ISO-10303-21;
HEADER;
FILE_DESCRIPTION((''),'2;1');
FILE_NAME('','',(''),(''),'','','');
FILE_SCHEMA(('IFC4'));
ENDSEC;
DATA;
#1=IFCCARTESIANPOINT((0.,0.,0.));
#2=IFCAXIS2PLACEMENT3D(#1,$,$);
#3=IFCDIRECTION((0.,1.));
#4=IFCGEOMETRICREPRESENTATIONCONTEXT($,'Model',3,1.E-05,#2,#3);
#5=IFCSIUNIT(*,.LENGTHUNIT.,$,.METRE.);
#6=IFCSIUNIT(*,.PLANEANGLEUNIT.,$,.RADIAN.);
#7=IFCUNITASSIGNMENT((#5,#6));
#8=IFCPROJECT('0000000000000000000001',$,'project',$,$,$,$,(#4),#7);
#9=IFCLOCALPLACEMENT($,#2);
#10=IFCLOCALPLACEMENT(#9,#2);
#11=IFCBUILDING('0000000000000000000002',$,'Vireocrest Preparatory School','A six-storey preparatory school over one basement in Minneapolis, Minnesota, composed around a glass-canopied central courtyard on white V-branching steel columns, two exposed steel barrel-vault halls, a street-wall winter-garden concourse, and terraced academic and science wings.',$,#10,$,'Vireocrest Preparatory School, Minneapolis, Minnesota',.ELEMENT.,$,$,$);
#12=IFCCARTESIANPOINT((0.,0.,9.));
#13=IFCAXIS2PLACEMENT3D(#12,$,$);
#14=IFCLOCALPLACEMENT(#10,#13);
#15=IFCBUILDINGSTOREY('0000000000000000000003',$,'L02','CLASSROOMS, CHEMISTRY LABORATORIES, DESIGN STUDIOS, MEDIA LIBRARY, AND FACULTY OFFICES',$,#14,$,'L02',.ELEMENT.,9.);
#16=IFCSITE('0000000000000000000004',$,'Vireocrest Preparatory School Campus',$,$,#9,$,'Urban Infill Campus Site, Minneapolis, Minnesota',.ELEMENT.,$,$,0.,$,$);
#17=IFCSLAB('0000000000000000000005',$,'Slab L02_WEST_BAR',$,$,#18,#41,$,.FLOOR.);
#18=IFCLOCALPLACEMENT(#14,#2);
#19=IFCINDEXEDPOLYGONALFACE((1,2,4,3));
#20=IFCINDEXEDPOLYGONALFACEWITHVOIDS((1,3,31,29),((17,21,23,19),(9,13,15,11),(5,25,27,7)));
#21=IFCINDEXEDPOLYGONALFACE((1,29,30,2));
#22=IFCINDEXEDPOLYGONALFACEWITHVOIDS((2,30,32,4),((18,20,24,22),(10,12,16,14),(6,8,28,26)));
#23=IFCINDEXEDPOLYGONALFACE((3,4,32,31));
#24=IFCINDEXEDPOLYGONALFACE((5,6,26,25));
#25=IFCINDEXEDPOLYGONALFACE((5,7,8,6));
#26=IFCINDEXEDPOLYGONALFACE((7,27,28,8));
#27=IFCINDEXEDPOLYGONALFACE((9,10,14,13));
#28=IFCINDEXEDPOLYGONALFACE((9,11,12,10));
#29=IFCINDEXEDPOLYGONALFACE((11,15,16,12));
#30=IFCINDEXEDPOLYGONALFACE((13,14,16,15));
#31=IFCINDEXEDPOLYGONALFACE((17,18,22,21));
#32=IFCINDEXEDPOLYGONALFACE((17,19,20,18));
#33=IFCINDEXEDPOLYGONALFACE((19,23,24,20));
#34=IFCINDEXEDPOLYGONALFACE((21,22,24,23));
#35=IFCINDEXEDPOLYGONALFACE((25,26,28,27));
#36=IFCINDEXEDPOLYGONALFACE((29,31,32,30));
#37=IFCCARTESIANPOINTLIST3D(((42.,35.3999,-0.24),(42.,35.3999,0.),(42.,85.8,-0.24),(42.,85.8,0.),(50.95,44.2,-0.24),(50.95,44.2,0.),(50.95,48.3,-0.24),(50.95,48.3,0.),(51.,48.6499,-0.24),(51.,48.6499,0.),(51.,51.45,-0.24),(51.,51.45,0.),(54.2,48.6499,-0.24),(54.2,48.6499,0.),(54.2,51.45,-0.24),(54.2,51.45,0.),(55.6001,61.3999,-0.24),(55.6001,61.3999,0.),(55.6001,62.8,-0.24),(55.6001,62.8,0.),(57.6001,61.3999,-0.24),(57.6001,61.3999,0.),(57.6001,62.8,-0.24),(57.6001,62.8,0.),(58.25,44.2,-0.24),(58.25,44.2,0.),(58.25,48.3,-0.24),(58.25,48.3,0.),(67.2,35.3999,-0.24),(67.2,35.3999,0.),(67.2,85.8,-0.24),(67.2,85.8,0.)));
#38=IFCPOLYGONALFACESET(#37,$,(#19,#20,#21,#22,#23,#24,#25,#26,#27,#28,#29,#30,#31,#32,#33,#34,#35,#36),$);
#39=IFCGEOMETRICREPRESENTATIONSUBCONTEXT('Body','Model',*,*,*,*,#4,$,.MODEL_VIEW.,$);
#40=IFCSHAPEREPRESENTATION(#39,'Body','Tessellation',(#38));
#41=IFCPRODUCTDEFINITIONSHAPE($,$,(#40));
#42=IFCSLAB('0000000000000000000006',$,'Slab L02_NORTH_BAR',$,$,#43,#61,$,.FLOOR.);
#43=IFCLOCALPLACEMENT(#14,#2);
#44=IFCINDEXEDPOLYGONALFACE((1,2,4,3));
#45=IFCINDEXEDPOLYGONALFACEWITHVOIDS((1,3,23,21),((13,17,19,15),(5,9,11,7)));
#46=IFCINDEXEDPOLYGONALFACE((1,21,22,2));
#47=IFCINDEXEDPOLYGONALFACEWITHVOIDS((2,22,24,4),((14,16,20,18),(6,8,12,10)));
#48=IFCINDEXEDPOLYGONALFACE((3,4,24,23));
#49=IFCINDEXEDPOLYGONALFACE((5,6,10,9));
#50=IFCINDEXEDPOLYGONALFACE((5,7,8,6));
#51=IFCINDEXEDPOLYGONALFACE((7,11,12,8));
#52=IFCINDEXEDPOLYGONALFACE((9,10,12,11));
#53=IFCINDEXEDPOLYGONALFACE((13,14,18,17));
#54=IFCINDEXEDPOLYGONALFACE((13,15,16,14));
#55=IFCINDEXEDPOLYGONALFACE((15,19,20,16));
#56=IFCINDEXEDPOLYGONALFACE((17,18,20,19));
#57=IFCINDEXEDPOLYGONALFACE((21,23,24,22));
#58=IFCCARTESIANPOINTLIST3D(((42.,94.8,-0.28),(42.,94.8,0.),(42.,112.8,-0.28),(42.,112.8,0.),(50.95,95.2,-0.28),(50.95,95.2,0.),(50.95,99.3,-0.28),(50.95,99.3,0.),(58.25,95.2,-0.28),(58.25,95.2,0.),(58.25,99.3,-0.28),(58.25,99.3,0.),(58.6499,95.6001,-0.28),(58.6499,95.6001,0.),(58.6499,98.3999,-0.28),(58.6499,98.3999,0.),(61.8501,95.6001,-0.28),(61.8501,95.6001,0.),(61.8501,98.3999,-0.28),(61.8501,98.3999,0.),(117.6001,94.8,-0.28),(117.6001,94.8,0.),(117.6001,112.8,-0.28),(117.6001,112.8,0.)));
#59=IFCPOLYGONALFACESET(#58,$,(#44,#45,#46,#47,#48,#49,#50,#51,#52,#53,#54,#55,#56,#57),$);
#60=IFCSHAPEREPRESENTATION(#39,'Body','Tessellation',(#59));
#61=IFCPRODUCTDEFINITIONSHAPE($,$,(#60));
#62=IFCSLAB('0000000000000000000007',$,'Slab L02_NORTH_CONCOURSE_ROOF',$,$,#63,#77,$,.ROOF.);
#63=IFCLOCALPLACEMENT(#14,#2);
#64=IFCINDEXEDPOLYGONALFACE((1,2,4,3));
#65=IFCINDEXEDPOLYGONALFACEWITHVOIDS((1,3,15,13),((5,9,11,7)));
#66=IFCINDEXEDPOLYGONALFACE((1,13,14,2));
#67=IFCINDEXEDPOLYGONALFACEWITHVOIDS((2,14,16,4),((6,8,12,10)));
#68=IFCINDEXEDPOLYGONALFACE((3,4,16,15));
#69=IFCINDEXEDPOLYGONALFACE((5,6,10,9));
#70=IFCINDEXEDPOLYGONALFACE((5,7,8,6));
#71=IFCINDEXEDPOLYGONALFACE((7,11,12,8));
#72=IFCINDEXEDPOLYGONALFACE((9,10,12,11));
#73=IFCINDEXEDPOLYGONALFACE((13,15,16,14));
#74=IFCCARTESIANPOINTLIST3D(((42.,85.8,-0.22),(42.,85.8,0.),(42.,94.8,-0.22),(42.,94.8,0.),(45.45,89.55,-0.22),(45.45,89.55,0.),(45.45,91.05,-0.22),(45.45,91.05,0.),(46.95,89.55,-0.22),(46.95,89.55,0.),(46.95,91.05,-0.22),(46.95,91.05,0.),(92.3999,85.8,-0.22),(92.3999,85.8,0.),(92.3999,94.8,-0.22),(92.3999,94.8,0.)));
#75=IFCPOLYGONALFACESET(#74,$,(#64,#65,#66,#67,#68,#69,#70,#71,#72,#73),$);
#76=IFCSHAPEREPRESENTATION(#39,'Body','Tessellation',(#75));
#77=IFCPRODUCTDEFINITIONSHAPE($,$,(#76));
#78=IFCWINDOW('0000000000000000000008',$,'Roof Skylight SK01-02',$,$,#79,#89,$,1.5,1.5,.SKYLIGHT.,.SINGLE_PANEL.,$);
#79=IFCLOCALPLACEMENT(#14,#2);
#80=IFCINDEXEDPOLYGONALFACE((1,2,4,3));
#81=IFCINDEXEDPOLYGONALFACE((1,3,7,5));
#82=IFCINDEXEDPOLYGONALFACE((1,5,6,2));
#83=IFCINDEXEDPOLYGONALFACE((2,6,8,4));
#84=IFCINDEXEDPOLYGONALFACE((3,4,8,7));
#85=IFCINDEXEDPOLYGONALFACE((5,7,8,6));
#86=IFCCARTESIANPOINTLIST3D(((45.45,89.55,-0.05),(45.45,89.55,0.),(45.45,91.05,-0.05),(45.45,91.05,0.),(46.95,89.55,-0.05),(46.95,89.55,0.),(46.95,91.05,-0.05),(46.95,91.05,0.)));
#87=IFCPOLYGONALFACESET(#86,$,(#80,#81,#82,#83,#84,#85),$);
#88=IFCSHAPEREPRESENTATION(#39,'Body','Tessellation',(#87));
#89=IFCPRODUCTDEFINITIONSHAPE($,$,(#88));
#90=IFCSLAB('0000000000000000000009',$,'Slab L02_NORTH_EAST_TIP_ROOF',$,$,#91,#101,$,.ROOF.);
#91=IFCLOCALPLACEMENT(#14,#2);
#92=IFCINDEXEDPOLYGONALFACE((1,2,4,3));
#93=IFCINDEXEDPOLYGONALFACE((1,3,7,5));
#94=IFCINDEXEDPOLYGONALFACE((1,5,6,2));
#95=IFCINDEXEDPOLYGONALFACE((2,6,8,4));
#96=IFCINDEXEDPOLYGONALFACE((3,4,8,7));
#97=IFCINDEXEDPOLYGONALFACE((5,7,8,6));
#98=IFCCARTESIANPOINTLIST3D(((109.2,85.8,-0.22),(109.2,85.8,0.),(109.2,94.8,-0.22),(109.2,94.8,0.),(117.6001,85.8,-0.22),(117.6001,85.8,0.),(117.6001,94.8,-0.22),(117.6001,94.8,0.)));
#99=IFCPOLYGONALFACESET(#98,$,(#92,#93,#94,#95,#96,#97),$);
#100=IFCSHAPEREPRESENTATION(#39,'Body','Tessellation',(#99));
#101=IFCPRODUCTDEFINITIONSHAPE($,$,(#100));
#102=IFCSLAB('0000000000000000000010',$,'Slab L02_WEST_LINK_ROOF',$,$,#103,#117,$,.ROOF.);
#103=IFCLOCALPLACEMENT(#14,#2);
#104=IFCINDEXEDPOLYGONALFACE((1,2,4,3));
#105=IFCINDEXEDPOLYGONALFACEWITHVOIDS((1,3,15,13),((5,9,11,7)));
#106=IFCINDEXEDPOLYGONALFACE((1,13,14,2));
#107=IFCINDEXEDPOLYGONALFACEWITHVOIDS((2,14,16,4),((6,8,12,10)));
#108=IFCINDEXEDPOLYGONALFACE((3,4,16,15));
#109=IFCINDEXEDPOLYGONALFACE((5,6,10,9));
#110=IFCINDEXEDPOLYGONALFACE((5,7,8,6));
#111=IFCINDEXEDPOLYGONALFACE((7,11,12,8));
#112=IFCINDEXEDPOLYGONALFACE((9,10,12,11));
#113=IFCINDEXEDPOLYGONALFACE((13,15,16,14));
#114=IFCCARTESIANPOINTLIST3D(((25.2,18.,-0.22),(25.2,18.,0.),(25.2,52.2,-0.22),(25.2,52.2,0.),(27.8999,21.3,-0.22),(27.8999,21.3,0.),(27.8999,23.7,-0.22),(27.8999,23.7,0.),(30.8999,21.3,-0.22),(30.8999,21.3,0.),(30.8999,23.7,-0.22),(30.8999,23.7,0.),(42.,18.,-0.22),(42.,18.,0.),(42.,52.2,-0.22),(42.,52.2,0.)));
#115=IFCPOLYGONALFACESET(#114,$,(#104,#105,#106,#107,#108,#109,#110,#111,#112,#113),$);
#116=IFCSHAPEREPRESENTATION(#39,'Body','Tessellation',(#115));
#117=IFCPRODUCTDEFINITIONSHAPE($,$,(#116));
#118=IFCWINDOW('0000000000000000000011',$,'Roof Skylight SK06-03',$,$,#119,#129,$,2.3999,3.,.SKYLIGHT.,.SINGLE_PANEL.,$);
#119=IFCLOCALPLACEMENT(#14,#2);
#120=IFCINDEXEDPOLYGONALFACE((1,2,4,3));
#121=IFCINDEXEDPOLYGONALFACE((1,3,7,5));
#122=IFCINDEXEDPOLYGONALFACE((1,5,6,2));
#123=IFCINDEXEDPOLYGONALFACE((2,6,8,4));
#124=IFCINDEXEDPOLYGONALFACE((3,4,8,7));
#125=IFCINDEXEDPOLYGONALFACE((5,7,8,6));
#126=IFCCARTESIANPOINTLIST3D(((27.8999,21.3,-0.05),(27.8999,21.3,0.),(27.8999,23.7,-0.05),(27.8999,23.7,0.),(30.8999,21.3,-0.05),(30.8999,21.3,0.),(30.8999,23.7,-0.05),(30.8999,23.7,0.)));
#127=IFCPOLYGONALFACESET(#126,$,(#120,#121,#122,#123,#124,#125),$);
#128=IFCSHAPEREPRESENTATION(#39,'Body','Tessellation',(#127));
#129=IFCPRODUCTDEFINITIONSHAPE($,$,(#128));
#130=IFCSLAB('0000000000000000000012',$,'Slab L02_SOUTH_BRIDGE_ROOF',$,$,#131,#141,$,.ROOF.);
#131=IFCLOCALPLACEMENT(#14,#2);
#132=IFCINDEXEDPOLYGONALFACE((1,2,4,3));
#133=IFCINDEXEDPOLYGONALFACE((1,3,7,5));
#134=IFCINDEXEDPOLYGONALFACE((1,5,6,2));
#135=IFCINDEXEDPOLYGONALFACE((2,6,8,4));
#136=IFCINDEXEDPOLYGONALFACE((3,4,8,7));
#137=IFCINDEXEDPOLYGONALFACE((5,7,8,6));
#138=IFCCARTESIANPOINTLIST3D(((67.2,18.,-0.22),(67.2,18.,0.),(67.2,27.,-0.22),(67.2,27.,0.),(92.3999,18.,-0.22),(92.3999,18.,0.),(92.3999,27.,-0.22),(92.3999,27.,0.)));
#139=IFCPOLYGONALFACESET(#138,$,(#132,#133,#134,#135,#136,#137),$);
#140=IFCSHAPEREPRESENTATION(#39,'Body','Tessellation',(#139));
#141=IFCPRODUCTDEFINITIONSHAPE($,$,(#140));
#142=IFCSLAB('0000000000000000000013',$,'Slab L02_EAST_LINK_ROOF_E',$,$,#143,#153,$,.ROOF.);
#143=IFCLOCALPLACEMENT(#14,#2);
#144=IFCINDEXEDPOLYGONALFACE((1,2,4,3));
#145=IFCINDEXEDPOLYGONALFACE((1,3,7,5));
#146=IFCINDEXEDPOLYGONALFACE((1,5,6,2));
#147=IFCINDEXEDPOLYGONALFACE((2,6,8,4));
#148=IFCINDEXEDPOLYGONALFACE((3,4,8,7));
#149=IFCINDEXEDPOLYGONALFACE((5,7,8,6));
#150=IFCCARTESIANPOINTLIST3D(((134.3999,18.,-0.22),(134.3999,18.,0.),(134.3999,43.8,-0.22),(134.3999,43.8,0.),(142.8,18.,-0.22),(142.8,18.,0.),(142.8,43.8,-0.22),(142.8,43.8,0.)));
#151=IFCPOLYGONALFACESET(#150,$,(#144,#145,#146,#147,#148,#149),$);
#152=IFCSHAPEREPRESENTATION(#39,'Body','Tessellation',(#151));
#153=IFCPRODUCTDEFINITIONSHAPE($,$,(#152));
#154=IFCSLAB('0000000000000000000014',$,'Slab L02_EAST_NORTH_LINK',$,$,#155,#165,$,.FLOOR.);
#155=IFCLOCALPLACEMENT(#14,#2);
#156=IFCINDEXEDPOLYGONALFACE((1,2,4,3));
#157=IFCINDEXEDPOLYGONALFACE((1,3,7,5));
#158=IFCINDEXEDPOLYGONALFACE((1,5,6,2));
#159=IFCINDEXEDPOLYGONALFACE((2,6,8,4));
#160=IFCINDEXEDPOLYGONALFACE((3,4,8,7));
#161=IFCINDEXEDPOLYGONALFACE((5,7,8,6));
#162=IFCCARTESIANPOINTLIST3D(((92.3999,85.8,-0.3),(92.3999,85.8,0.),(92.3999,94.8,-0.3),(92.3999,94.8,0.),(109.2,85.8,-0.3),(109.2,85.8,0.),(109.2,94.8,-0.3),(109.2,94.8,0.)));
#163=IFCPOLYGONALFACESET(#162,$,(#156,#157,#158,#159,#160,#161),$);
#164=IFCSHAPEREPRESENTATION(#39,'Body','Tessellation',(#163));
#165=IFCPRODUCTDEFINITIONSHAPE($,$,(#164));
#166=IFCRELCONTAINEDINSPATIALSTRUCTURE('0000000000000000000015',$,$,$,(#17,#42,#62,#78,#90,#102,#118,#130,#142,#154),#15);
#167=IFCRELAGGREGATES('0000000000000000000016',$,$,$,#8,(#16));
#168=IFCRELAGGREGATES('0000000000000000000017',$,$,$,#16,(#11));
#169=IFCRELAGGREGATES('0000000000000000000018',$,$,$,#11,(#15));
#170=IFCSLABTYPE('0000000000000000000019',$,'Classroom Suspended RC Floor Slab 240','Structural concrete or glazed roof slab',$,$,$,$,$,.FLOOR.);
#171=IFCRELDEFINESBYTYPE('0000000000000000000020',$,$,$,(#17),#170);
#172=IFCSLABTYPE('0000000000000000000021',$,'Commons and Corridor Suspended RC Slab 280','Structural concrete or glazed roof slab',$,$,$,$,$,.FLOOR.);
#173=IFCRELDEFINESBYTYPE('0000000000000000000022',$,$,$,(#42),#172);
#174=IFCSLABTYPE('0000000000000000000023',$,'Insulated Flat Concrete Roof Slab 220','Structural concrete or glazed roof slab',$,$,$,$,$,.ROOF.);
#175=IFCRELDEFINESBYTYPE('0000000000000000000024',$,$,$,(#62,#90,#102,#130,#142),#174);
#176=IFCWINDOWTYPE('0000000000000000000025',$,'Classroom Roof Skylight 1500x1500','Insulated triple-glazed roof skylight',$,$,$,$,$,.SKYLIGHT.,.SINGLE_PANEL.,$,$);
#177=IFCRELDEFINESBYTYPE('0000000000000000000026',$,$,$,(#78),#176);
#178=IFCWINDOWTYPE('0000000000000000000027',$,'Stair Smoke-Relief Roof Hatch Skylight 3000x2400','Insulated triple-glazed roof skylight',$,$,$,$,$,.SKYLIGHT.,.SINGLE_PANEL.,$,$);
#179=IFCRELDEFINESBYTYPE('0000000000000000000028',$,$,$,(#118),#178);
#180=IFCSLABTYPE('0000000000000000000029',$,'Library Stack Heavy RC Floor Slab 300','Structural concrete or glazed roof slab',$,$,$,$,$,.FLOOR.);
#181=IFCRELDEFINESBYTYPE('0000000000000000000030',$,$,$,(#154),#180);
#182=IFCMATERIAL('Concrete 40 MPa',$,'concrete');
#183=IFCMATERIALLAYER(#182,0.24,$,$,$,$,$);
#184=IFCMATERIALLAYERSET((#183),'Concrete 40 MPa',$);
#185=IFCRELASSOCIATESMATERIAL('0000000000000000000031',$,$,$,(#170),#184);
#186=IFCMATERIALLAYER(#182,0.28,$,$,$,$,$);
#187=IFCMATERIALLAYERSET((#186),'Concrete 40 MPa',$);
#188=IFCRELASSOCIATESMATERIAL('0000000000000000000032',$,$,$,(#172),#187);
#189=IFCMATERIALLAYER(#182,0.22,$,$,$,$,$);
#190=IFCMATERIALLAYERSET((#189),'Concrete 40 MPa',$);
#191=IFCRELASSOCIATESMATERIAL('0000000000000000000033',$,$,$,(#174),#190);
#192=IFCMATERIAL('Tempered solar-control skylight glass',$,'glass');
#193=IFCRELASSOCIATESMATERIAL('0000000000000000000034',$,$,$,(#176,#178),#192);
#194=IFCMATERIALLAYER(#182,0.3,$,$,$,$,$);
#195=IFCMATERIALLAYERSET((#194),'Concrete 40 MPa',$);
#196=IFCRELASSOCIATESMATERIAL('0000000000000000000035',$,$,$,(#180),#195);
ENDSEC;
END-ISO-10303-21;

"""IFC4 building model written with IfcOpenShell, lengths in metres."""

from ifc_helpers import new_model, si_unit, direction, frame, origin, origin_2d, place, context, subcontext, project, spatial, polyline, rectangle, outline, extrude, material, layer, layer_set, type_object, element, fill, save


model = new_model("IFC4")

# Units and contexts
model_context = context("Model", 3, precision=1e-05, world=origin(), true_north=direction((0.0, 1.0)))
body_context = subcontext(model_context, "Body", "Model", "MODEL_VIEW")
ifc_project = project(units=[si_unit("LENGTHUNIT", "METRE"), si_unit("PLANEANGLEUNIT", "RADIAN")], contexts=[model_context])

# Site, building, storey
site_placement = place(None, origin())
site = spatial("IfcSite", under=ifc_project, at=site_placement, Name="Vireocrest Preparatory School Campus", LongName="Urban Infill Campus Site, Minneapolis, Minnesota", CompositionType="ELEMENT", RefElevation=0.0)
building_placement = place(site_placement, origin())
building = spatial("IfcBuilding", under=site, at=building_placement, Name="Vireocrest Preparatory School", Description="A six-storey preparatory school over one basement in Minneapolis, Minnesota, composed around a glass-canopied central courtyard on white V-branching steel columns, two exposed steel barrel-vault halls, a street-wall winter-garden concourse, and terraced academic and science wings.", LongName="Vireocrest Preparatory School, Minneapolis, Minnesota", CompositionType="ELEMENT")
storey_placement = place(building_placement, frame((0.0, 0.0, 9.0)))
storey = spatial("IfcBuildingStorey", under=building, at=storey_placement, Name="L02", Description="CLASSROOMS, CHEMISTRY LABORATORIES, DESIGN STUDIOS, MEDIA LIBRARY, AND FACULTY OFFICES", LongName="L02", CompositionType="ELEMENT", Elevation=9.0)

# Slabs, openings
ifc_material_1 = material(Name="Concrete 40 MPa", Category="concrete")
ifc_layer_1 = layer(ifc_material_1, 0.24)
ifc_layer_set_1 = layer_set([ifc_layer_1], Name="Concrete 40 MPa")
slab_type_1 = type_object("IfcSlabType", Name="Classroom Suspended RC Floor Slab 240", Description="Structural concrete or glazed roof slab", PredefinedType="FLOOR", material=ifc_layer_set_1)
slab_1_placement = place(storey_placement, frame((0.0, 0.0, -0.24)))
slab_1 = element("IfcSlab", 1, at=slab_1_placement, inside=storey, type_object=slab_type_1, Name="Slab L02_WEST_BAR", PredefinedType="FLOOR", context=body_context, shape_type="SweptSolid", body=[
    extrude(outline(polyline([(42.0, 35.3999), (67.2, 35.3999), (67.2, 85.8), (42.0, 85.8), (42.0, 35.3999)])), origin(), (0.0, 0.0, 1.0), 0.24),
])
opening_1_placement = place(slab_1_placement, frame((0.0, 0.0, -0.01)))
element("IfcOpeningElement", 2, at=opening_1_placement, cuts=slab_1, PredefinedType="OPENING", context=body_context, shape_type="SweptSolid", body=[
    extrude(outline(polyline([(50.95, 44.2), (58.25, 44.2), (58.25, 48.3), (50.95, 48.3), (50.95, 44.2)])), origin(), (0.0, 0.0, 1.0), 0.26),
])
opening_2_placement = place(slab_1_placement, frame((0.0, 0.0, -0.01)))
element("IfcOpeningElement", 3, at=opening_2_placement, cuts=slab_1, PredefinedType="OPENING", context=body_context, shape_type="SweptSolid", body=[
    extrude(outline(polyline([(51.0, 48.6499), (54.2, 48.6499), (54.2, 51.45), (51.0, 51.45), (51.0, 48.6499)])), origin(), (0.0, 0.0, 1.0), 0.26),
])
opening_3_placement = place(slab_1_placement, frame((0.0, 0.0, -0.01)))
element("IfcOpeningElement", 4, at=opening_3_placement, cuts=slab_1, PredefinedType="OPENING", context=body_context, shape_type="SweptSolid", body=[
    extrude(outline(polyline([(55.6001, 61.3999), (57.6001, 61.3999), (57.6001, 62.8), (55.6001, 62.8), (55.6001, 61.3999)])), origin(), (0.0, 0.0, 1.0), 0.26),
])
ifc_layer_2 = layer(ifc_material_1, 0.28)
ifc_layer_set_2 = layer_set([ifc_layer_2], Name="Concrete 40 MPa")
slab_type_2 = type_object("IfcSlabType", Name="Commons and Corridor Suspended RC Slab 280", Description="Structural concrete or glazed roof slab", PredefinedType="FLOOR", material=ifc_layer_set_2)
slab_2_placement = place(storey_placement, frame((0.0, 0.0, -0.28)))
slab_2 = element("IfcSlab", 5, at=slab_2_placement, inside=storey, type_object=slab_type_2, Name="Slab L02_NORTH_BAR", PredefinedType="FLOOR", context=body_context, shape_type="SweptSolid", body=[
    extrude(outline(polyline([(42.0, 94.8), (117.6001, 94.8), (117.6001, 112.8), (42.0, 112.8), (42.0, 94.8)])), origin(), (0.0, 0.0, 1.0), 0.28),
])
opening_4_placement = place(slab_2_placement, frame((0.0, 0.0, -0.01)))
element("IfcOpeningElement", 6, at=opening_4_placement, cuts=slab_2, PredefinedType="OPENING", context=body_context, shape_type="SweptSolid", body=[
    extrude(outline(polyline([(50.95, 95.2), (58.25, 95.2), (58.25, 99.3), (50.95, 99.3), (50.95, 95.2)])), origin(), (0.0, 0.0, 1.0), 0.3),
])
opening_5_placement = place(slab_2_placement, frame((0.0, 0.0, -0.01)))
element("IfcOpeningElement", 7, at=opening_5_placement, cuts=slab_2, PredefinedType="OPENING", context=body_context, shape_type="SweptSolid", body=[
    extrude(outline(polyline([(58.6499, 95.6001), (61.8501, 95.6001), (61.8501, 98.3999), (58.6499, 98.3999), (58.6499, 95.6001)])), origin(), (0.0, 0.0, 1.0), 0.3),
])

# Slab, opening, window
ifc_layer_3 = layer(ifc_material_1, 0.22)
ifc_layer_set_3 = layer_set([ifc_layer_3], Name="Concrete 40 MPa")
slab_type_3 = type_object("IfcSlabType", Name="Insulated Flat Concrete Roof Slab 220", Description="Structural concrete or glazed roof slab", PredefinedType="ROOF", material=ifc_layer_set_3)
slab_3_placement = place(storey_placement, frame((0.0, 0.0, -0.22)))
slab_3 = element("IfcSlab", 8, at=slab_3_placement, inside=storey, type_object=slab_type_3, Name="Slab L02_NORTH_CONCOURSE_ROOF", PredefinedType="ROOF", context=body_context, shape_type="SweptSolid", body=[
    extrude(outline(polyline([(42.0, 85.8), (92.3999, 85.8), (92.3999, 94.8), (42.0, 94.8), (42.0, 85.8)])), origin(), (0.0, 0.0, 1.0), 0.22),
])
opening_6_placement = place(slab_3_placement, frame((46.2, 90.3, -0.01)))
opening_6 = element("IfcOpeningElement", 9, at=opening_6_placement, cuts=slab_3, PredefinedType="OPENING", context=body_context, shape_type="SweptSolid", body=[
    extrude(rectangle(XDim=1.5, YDim=1.5, at=origin_2d()), origin(), (0.0, 0.0, 1.0), 0.24),
])
ifc_material_2 = material(Name="Tempered solar-control skylight glass", Category="glass")
window_type_1 = type_object("IfcWindowType", Name="Classroom Roof Skylight 1500x1500", Description="Insulated triple-glazed roof skylight", PartitioningType="SINGLE_PANEL", PredefinedType="SKYLIGHT", material=ifc_material_2)
window_1_placement = place(opening_6_placement, frame((0.0, 0.0, 0.1799)))
window_1 = element("IfcWindow", 10, at=window_1_placement, inside=storey, type_object=window_type_1, Name="Roof Skylight SK01-02", OverallHeight=1.5, OverallWidth=1.5, PartitioningType="SINGLE_PANEL", PredefinedType="SKYLIGHT", context=body_context, shape_type="SweptSolid", body=[
    extrude(rectangle(XDim=1.5, YDim=1.5, at=origin_2d()), origin(), (0.0, 0.0, 1.0), 0.05),
])
fill(opening_6, window_1)

# Slab
slab_4_placement = place(storey_placement, frame((0.0, 0.0, -0.22)))
element("IfcSlab", 11, at=slab_4_placement, inside=storey, type_object=slab_type_3, Name="Slab L02_NORTH_EAST_TIP_ROOF", PredefinedType="ROOF", context=body_context, shape_type="SweptSolid", body=[
    extrude(outline(polyline([(109.2, 85.8), (117.6001, 85.8), (117.6001, 94.8), (109.2, 94.8), (109.2, 85.8)])), origin(), (0.0, 0.0, 1.0), 0.22),
])

# Slab, opening, window
slab_5_placement = place(storey_placement, frame((0.0, 0.0, -0.22)))
slab_5 = element("IfcSlab", 12, at=slab_5_placement, inside=storey, type_object=slab_type_3, Name="Slab L02_WEST_LINK_ROOF", PredefinedType="ROOF", context=body_context, shape_type="SweptSolid", body=[
    extrude(outline(polyline([(25.2, 18.0), (42.0, 18.0), (42.0, 52.2), (25.2, 52.2), (25.2, 18.0)])), origin(), (0.0, 0.0, 1.0), 0.22),
])
opening_7_placement = place(slab_5_placement, frame((29.3999, 22.5, -0.01)))
opening_7 = element("IfcOpeningElement", 13, at=opening_7_placement, cuts=slab_5, PredefinedType="OPENING", context=body_context, shape_type="SweptSolid", body=[
    extrude(rectangle(XDim=3.0, YDim=2.3999, at=origin_2d()), origin(), (0.0, 0.0, 1.0), 0.24),
])
window_type_2 = type_object("IfcWindowType", Name="Stair Smoke-Relief Roof Hatch Skylight 3000x2400", Description="Insulated triple-glazed roof skylight", PartitioningType="SINGLE_PANEL", PredefinedType="SKYLIGHT", material=ifc_material_2)
window_2_placement = place(opening_7_placement, frame((0.0, 0.0, 0.1799)))
window_2 = element("IfcWindow", 14, at=window_2_placement, inside=storey, type_object=window_type_2, Name="Roof Skylight SK06-03", OverallHeight=2.3999, OverallWidth=3.0, PartitioningType="SINGLE_PANEL", PredefinedType="SKYLIGHT", context=body_context, shape_type="SweptSolid", body=[
    extrude(rectangle(XDim=3.0, YDim=2.3999, at=origin_2d()), origin(), (0.0, 0.0, 1.0), 0.05),
])
fill(opening_7, window_2)

# Slabs
slab_6_placement = place(storey_placement, frame((0.0, 0.0, -0.22)))
element("IfcSlab", 15, at=slab_6_placement, inside=storey, type_object=slab_type_3, Name="Slab L02_SOUTH_BRIDGE_ROOF", PredefinedType="ROOF", context=body_context, shape_type="SweptSolid", body=[
    extrude(outline(polyline([(67.2, 18.0), (92.3999, 18.0), (92.3999, 27.0), (67.2, 27.0), (67.2, 18.0)])), origin(), (0.0, 0.0, 1.0), 0.22),
])
slab_7_placement = place(storey_placement, frame((0.0, 0.0, -0.22)))
element("IfcSlab", 16, at=slab_7_placement, inside=storey, type_object=slab_type_3, Name="Slab L02_EAST_LINK_ROOF_E", PredefinedType="ROOF", context=body_context, shape_type="SweptSolid", body=[
    extrude(outline(polyline([(134.3999, 18.0), (142.8, 18.0), (142.8, 43.8), (134.3999, 43.8), (134.3999, 18.0)])), origin(), (0.0, 0.0, 1.0), 0.22),
])
ifc_layer_4 = layer(ifc_material_1, 0.3)
ifc_layer_set_4 = layer_set([ifc_layer_4], Name="Concrete 40 MPa")
slab_type_4 = type_object("IfcSlabType", Name="Library Stack Heavy RC Floor Slab 300", Description="Structural concrete or glazed roof slab", PredefinedType="FLOOR", material=ifc_layer_set_4)
slab_8_placement = place(storey_placement, frame((0.0, 0.0, -0.3)))
element("IfcSlab", 17, at=slab_8_placement, inside=storey, type_object=slab_type_4, Name="Slab L02_EAST_NORTH_LINK", PredefinedType="FLOOR", context=body_context, shape_type="SweptSolid", body=[
    extrude(outline(polyline([(92.3999, 85.8), (109.2, 85.8), (109.2, 94.8), (92.3999, 94.8), (92.3999, 85.8)])), origin(), (0.0, 0.0, 1.0), 0.3),
])

save(model, "model.ifc")
